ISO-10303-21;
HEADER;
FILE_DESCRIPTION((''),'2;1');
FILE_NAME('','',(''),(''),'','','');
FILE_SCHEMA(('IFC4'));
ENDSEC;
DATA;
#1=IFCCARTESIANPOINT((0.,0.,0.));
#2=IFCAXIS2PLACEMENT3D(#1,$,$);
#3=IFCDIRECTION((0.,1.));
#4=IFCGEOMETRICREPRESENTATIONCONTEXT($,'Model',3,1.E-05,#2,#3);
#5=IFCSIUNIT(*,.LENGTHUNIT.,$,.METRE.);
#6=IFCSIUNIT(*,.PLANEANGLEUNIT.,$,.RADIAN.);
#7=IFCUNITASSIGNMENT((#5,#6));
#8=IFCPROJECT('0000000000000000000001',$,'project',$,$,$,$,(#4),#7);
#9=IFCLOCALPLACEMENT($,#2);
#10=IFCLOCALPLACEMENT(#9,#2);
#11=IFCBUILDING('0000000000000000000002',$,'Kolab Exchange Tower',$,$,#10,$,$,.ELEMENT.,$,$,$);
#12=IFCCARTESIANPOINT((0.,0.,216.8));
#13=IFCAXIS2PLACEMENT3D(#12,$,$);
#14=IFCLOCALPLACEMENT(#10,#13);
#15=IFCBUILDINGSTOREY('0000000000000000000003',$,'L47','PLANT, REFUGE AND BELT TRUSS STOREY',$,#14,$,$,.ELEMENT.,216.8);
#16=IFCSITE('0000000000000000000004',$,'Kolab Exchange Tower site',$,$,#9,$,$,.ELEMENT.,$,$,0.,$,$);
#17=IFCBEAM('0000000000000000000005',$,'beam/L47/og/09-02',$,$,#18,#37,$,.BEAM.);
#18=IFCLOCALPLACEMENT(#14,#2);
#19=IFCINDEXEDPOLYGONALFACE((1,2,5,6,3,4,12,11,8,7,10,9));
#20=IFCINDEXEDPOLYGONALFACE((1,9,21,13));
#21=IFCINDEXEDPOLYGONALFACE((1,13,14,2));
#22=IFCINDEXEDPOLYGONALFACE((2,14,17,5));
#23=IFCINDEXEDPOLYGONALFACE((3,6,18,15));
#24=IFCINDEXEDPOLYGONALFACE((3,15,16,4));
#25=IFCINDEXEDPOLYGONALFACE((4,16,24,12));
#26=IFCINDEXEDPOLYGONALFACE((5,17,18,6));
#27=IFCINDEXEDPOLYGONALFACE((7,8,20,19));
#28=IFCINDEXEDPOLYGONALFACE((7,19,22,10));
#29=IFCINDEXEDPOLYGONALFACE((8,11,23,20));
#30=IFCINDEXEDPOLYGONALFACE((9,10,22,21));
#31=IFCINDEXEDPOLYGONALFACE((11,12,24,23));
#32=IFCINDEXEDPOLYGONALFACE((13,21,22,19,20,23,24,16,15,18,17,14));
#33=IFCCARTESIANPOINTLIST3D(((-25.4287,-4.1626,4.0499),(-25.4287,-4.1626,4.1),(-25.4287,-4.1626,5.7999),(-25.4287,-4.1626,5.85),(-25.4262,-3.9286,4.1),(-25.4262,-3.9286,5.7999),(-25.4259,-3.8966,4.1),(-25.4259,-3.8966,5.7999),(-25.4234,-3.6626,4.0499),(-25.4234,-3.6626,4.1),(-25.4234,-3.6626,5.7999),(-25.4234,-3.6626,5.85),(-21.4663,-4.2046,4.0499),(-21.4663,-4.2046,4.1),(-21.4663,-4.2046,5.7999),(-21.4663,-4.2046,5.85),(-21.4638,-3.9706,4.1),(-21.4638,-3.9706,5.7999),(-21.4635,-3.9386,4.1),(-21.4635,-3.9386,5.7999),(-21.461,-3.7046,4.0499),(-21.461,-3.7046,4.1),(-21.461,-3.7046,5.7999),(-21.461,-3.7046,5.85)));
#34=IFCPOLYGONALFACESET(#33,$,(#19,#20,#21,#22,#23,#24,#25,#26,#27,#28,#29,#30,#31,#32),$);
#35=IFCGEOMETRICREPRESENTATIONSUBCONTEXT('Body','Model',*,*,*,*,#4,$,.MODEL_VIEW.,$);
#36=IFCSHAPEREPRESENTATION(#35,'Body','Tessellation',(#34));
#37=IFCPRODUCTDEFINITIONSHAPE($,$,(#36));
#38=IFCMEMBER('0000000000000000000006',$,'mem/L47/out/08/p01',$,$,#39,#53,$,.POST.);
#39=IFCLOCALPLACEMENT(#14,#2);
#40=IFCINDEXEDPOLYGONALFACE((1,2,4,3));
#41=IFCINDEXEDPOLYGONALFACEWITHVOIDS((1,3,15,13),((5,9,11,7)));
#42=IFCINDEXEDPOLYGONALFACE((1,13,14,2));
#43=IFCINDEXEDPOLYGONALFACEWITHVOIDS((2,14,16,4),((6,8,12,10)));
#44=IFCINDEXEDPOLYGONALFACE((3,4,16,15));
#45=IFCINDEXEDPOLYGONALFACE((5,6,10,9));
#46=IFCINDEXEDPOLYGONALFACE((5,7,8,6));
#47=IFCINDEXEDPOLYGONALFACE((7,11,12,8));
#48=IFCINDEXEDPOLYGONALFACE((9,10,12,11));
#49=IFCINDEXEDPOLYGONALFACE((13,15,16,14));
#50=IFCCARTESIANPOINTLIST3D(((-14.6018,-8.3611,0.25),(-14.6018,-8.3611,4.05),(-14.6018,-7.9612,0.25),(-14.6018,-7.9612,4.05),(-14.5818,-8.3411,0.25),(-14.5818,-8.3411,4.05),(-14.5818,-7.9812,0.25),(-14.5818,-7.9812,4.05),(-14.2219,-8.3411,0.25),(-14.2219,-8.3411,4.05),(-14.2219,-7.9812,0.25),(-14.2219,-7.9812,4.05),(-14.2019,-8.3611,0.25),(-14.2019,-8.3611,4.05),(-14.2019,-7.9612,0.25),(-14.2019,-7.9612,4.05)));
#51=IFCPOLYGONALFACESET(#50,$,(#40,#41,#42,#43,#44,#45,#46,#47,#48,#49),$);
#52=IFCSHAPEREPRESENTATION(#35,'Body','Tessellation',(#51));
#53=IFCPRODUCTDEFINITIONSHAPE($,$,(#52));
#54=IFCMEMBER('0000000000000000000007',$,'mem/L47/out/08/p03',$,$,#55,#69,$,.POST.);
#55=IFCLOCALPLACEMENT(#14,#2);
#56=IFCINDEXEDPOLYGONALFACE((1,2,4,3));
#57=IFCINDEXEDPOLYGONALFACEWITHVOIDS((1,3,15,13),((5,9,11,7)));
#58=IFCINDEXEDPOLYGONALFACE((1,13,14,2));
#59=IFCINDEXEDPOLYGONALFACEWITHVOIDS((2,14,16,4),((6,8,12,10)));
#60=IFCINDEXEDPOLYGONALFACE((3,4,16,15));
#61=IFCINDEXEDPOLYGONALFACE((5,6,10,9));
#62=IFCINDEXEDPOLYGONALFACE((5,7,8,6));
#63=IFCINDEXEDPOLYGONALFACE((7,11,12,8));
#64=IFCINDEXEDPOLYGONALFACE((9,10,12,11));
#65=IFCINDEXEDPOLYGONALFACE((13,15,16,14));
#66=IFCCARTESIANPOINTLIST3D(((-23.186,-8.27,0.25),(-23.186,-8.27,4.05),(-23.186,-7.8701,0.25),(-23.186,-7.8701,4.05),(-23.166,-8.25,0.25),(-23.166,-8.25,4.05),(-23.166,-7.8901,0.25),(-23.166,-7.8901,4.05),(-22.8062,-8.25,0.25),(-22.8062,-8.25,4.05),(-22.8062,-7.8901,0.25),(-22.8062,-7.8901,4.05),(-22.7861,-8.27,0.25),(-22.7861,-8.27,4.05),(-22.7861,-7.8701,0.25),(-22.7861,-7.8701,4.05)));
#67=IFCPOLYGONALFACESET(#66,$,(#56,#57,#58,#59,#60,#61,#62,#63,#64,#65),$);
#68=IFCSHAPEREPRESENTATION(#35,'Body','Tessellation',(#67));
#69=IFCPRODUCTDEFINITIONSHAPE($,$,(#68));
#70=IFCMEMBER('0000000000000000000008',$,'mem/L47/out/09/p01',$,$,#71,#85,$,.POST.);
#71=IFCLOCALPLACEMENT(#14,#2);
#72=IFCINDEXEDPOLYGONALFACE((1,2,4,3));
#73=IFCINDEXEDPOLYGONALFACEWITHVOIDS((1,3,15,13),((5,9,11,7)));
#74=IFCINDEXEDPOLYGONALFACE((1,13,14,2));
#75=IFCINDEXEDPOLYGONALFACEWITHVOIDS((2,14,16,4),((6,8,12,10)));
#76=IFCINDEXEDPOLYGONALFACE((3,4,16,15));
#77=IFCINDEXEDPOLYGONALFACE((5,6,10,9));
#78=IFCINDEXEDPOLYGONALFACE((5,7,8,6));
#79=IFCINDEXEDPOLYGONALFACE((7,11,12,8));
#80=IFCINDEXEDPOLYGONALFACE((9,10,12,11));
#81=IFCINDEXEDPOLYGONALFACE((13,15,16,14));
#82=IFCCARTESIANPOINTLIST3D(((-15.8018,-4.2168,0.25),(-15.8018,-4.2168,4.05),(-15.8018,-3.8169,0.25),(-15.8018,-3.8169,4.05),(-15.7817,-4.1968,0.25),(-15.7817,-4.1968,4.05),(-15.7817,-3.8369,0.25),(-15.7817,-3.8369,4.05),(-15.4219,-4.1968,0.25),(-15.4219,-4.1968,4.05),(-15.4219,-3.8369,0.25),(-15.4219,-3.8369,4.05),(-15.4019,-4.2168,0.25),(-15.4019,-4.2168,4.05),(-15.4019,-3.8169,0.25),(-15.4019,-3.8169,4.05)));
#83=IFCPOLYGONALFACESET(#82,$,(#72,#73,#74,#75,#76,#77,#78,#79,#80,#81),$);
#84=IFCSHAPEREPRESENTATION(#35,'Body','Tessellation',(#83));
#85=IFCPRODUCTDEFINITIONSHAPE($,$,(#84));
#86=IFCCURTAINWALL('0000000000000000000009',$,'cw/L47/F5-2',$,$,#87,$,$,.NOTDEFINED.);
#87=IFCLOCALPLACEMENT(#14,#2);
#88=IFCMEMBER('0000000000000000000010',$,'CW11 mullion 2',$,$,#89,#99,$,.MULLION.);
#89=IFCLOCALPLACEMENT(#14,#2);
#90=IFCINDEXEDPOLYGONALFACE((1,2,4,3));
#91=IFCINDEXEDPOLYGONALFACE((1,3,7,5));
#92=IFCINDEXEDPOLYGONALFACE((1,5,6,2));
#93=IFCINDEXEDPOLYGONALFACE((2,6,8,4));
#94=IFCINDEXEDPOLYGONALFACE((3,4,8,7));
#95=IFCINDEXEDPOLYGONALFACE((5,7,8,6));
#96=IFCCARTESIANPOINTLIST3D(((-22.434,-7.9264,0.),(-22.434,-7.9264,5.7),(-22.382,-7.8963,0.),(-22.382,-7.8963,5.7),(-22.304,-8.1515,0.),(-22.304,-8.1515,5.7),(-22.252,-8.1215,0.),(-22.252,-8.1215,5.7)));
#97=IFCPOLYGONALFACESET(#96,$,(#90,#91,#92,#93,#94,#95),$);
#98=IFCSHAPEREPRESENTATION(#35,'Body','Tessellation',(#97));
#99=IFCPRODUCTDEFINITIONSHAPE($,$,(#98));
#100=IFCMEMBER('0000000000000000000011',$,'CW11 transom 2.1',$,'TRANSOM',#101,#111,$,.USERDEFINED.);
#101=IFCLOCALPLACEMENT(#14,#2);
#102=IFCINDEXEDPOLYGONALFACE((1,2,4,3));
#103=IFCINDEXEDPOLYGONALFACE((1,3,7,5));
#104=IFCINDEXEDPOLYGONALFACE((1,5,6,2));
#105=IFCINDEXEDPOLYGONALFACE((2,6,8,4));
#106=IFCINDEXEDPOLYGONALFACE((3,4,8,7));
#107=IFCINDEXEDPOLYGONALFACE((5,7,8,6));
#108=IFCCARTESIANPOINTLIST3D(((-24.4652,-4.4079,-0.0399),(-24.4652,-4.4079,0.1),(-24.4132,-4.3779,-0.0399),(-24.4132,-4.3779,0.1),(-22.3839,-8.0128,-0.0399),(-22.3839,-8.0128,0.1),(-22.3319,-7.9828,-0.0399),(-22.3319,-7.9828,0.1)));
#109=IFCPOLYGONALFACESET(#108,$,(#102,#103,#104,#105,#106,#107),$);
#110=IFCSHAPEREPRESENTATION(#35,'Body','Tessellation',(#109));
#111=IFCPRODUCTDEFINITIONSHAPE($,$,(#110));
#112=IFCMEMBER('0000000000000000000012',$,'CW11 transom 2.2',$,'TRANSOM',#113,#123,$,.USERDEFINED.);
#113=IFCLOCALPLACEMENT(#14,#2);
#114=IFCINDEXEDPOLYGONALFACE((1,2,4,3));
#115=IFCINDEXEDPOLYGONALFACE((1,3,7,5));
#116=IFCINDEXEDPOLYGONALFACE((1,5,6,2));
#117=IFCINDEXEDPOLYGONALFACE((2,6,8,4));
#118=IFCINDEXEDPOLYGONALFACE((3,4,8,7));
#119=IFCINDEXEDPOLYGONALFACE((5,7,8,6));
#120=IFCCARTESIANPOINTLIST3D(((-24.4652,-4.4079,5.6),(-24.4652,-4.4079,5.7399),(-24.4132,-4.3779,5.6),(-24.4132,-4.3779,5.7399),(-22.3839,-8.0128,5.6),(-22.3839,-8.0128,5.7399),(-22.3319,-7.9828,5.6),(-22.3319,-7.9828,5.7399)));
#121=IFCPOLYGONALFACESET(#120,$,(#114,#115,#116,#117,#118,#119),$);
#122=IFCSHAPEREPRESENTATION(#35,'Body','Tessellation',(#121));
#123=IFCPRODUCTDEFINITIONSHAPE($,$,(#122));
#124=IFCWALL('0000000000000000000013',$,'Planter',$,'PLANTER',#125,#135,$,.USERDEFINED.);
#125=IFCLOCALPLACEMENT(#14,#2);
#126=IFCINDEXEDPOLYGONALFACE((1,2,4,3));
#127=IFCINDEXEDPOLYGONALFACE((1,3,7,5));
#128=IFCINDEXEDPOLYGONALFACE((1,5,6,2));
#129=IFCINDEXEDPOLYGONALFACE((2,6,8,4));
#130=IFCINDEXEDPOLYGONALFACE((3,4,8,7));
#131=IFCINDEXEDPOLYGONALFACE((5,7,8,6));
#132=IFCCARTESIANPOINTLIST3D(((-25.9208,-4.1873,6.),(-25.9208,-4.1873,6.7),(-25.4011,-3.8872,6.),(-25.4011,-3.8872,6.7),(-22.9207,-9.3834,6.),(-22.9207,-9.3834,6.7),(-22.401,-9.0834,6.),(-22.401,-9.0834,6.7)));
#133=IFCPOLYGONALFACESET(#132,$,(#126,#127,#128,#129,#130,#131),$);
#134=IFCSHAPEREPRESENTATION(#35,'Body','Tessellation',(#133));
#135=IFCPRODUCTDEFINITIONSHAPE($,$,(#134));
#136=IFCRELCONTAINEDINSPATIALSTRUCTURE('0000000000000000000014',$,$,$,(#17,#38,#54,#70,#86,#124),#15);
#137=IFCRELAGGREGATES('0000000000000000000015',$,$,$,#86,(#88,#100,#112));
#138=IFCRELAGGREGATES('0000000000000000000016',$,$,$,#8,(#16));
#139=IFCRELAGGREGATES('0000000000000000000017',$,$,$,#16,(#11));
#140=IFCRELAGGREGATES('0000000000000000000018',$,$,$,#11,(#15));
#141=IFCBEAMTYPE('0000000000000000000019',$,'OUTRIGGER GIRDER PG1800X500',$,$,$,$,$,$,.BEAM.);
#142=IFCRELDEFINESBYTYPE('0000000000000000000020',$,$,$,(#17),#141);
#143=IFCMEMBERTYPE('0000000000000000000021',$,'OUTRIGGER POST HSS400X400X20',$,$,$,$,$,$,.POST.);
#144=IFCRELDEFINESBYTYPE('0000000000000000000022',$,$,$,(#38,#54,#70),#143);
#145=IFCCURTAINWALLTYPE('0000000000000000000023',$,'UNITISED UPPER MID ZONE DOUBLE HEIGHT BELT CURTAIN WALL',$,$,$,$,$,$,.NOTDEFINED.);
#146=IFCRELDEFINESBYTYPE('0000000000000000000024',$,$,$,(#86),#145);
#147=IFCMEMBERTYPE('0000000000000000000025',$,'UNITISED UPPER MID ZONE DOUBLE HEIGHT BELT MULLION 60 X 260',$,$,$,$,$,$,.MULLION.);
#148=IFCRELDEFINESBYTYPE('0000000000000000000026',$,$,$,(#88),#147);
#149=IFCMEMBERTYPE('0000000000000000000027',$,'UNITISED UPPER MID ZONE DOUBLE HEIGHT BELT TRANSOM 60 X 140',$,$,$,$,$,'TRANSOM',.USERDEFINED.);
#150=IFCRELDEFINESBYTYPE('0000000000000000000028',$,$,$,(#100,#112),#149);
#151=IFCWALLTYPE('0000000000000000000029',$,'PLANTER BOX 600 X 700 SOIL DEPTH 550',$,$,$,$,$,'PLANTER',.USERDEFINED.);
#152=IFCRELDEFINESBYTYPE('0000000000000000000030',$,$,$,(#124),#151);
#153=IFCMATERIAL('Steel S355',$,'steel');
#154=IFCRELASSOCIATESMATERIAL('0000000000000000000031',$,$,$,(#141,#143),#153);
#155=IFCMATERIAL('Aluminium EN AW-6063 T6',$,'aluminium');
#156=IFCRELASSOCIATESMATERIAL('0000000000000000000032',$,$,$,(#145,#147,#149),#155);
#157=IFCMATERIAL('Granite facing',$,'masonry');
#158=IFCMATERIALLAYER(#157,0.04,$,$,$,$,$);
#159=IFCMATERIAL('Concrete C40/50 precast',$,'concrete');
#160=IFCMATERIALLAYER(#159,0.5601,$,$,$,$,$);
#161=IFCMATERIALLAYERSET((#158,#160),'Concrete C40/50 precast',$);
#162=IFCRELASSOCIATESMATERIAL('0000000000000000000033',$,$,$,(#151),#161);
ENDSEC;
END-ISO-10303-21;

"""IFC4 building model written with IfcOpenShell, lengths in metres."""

from ifc_helpers import new_model, si_unit, direction, frame, frame_2d, origin, origin_2d, place, context, subcontext, project, spatial, rectangle, hollow_rectangle, i_section, extrude, material, layer, layer_set, material_profile, profile_set, type_object, element, aggregate, save


model = new_model("IFC4")

# Units and contexts
model_context = context("Model", 3, precision=1e-05, world=origin(), true_north=direction((0.0, 1.0)))
body_context = subcontext(model_context, "Body", "Model", "MODEL_VIEW")
ifc_project = project(units=[si_unit("LENGTHUNIT", "METRE"), si_unit("PLANEANGLEUNIT", "RADIAN")], contexts=[model_context])

# Site, building, storey
site_placement = place(None, origin())
site = spatial("IfcSite", under=ifc_project, at=site_placement, Name="Kolab Exchange Tower site", CompositionType="ELEMENT", RefElevation=0.0)
building_placement = place(site_placement, origin())
building = spatial("IfcBuilding", under=site, at=building_placement, Name="Kolab Exchange Tower", CompositionType="ELEMENT")
storey_placement = place(building_placement, frame((0.0, 0.0, 216.8)))
storey = spatial("IfcBuildingStorey", under=building, at=storey_placement, Name="L47", Description="PLANT, REFUGE AND BELT TRUSS STOREY", CompositionType="ELEMENT", Elevation=216.8)

# Shared definitions
ifc_material_1 = material(Name="Steel S355", Category="steel")

# Beam
ifc_material_profile_1 = material_profile(ifc_material_1, i_section(OverallWidth=0.5, OverallDepth=1.8, WebThickness=0.032, FlangeThickness=0.05, at=origin_2d()), Name="PG1800X500")
ifc_profile_set_1 = profile_set([ifc_material_profile_1], Name="Steel S355")
beam_type_1 = type_object("IfcBeamType", Name="OUTRIGGER GIRDER PG1800X500", PredefinedType="BEAM", material=ifc_profile_set_1)
beam_1_placement = place(storey_placement, frame((-21.4636, -3.9546, 4.95), z_axis=(-0.999944, 0.010597, 0.0), x_axis=(-0.010597, -0.999944, 0.0)))
element("IfcBeam", 1, at=beam_1_placement, inside=storey, type_object=beam_type_1, Name="beam/L47/og/09-02", PredefinedType="BEAM", context=body_context, shape_type="SweptSolid", body=[
    extrude(i_section(OverallWidth=0.5, OverallDepth=1.8, WebThickness=0.032, FlangeThickness=0.05, at=origin_2d()), origin(), (0.0, 0.0, 1.0), 3.9626),
])

# Members
ifc_material_profile_2 = material_profile(ifc_material_1, hollow_rectangle(XDim=0.3999, YDim=0.3999, WallThickness=0.02, at=origin_2d()), Name="HSS400X400X20")
ifc_profile_set_2 = profile_set([ifc_material_profile_2], Name="Steel S355")
member_type_1 = type_object("IfcMemberType", Name="OUTRIGGER POST HSS400X400X20", PredefinedType="POST", material=ifc_profile_set_2)
for number, where, z_axis, x_axis, name in (
    (2, (-14.4019, -8.1611, 0.25), (0.0, 0.0, 1.0), (1.0, 0.0, 0.0), "mem/L47/out/08/p01"),
    (3, (-22.9861, -8.0701, 0.25), (0.0, 0.0, 1.0), (1.0, 0.0, 0.0), "mem/L47/out/08/p03"),
    (4, (-15.6018, -4.0168, 0.25), (0.0, 0.0, 1.0), (1.0, 0.0, 0.0), "mem/L47/out/09/p01"),
):
    element("IfcMember", number, at=place(storey_placement, frame(where, z_axis=z_axis, x_axis=x_axis)), inside=storey, type_object=member_type_1, Name=name, PredefinedType="POST", context=body_context, shape_type="SweptSolid", body=[
        extrude(hollow_rectangle(XDim=0.3999, YDim=0.3999, WallThickness=0.02, at=origin_2d()), origin(), (0.0, 0.0, 1.0), 3.8),
    ])

# Curtain wall, members
ifc_material_2 = material(Name="Aluminium EN AW-6063 T6", Category="aluminium")
curtain_wall_type = type_object("IfcCurtainWallType", Name="UNITISED UPPER MID ZONE DOUBLE HEIGHT BELT CURTAIN WALL", PredefinedType="NOTDEFINED", material=ifc_material_2)
curtain_wall_placement = place(storey_placement, origin())
curtain_wall = element("IfcCurtainWall", 5, at=curtain_wall_placement, inside=storey, type_object=curtain_wall_type, Name="cw/L47/F5-2", PredefinedType="NOTDEFINED")
ifc_material_profile_3 = material_profile(ifc_material_2, rectangle(XDim=0.0601, YDim=0.26, at=origin_2d()), Name="RECT 60X260")
ifc_profile_set_3 = profile_set([ifc_material_profile_3], Name="Aluminium EN AW-6063 T6")
member_type_2 = type_object("IfcMemberType", Name="UNITISED UPPER MID ZONE DOUBLE HEIGHT BELT MULLION 60 X 260", PredefinedType="MULLION", material=ifc_profile_set_3)
member_1_placement = place(storey_placement, frame((-22.343, -8.0239, 0.0), z_axis=(0.0, 0.0, 1.0), x_axis=(-0.866025, -0.5, 0.0)))
member_1 = element("IfcMember", 6, at=member_1_placement, type_object=member_type_2, Name="CW11 mullion 2", PredefinedType="MULLION", context=body_context, shape_type="SweptSolid", body=[
    extrude(rectangle(XDim=0.0601, YDim=0.26, at=origin_2d()), origin(), (0.0, 0.0, 1.0), 5.7),
])
ifc_material_profile_4 = material_profile(ifc_material_2, rectangle(XDim=0.0601, YDim=0.1399, at=origin_2d()), Name="RECT 60X140")
ifc_profile_set_4 = profile_set([ifc_material_profile_4], Name="Aluminium EN AW-6063 T6")
member_type_3 = type_object("IfcMemberType", Name="UNITISED UPPER MID ZONE DOUBLE HEIGHT BELT TRANSOM 60 X 140", ElementType="TRANSOM", PredefinedType="USERDEFINED", material=ifc_profile_set_4)
member_2_placement = place(storey_placement, frame((-22.3579, -7.9978, 0.03), z_axis=(-0.499993, 0.866029, 0.0), x_axis=(-0.866029, -0.499993, 0.0)))
member_2 = element("IfcMember", 7, at=member_2_placement, type_object=member_type_3, Name="CW11 transom 2.1", ObjectType="TRANSOM", PredefinedType="USERDEFINED", context=body_context, shape_type="SweptSolid", body=[
    extrude(rectangle(XDim=0.0601, YDim=0.1399, at=origin_2d()), origin(), (0.0, 0.0, 1.0), 4.1626),
])
member_3_placement = place(storey_placement, frame((-22.3579, -7.9978, 5.6699), z_axis=(-0.499993, 0.866029, 0.0), x_axis=(-0.866029, -0.499993, 0.0)))
member_3 = element("IfcMember", 8, at=member_3_placement, type_object=member_type_3, Name="CW11 transom 2.2", ObjectType="TRANSOM", PredefinedType="USERDEFINED", context=body_context, shape_type="SweptSolid", body=[
    extrude(rectangle(XDim=0.0601, YDim=0.1399, at=origin_2d()), origin(), (0.0, 0.0, 1.0), 4.1626),
])
aggregate(curtain_wall, [member_1, member_2, member_3])

# Wall
ifc_material_3 = material(Name="Granite facing", Category="masonry")
ifc_layer_1 = layer(ifc_material_3, 0.04)
ifc_material_4 = material(Name="Concrete C40/50 precast", Category="concrete")
ifc_layer_2 = layer(ifc_material_4, 0.5601)
ifc_layer_set = layer_set([ifc_layer_1, ifc_layer_2], Name="Concrete C40/50 precast")
wall_type = type_object("IfcWallType", Name="PLANTER BOX 600 X 700 SOIL DEPTH 550", ElementType="PLANTER", PredefinedType="USERDEFINED", material=ifc_layer_set)
wall_placement = place(storey_placement, frame((-22.6609, -9.2334, 6.0), z_axis=(0.0, 0.0, 1.0), x_axis=(-0.500008, 0.866021, 0.0)))
element("IfcWall", 9, at=wall_placement, inside=storey, type_object=wall_type, Name="Planter", ObjectType="PLANTER", PredefinedType="USERDEFINED", context=body_context, shape_type="SweptSolid", body=[
    extrude(rectangle(XDim=6.0, YDim=0.6001, at=frame_2d((3.0, 0.0))), origin(), (0.0, 0.0, 1.0), 0.7),
])

save(model, "model.ifc")
